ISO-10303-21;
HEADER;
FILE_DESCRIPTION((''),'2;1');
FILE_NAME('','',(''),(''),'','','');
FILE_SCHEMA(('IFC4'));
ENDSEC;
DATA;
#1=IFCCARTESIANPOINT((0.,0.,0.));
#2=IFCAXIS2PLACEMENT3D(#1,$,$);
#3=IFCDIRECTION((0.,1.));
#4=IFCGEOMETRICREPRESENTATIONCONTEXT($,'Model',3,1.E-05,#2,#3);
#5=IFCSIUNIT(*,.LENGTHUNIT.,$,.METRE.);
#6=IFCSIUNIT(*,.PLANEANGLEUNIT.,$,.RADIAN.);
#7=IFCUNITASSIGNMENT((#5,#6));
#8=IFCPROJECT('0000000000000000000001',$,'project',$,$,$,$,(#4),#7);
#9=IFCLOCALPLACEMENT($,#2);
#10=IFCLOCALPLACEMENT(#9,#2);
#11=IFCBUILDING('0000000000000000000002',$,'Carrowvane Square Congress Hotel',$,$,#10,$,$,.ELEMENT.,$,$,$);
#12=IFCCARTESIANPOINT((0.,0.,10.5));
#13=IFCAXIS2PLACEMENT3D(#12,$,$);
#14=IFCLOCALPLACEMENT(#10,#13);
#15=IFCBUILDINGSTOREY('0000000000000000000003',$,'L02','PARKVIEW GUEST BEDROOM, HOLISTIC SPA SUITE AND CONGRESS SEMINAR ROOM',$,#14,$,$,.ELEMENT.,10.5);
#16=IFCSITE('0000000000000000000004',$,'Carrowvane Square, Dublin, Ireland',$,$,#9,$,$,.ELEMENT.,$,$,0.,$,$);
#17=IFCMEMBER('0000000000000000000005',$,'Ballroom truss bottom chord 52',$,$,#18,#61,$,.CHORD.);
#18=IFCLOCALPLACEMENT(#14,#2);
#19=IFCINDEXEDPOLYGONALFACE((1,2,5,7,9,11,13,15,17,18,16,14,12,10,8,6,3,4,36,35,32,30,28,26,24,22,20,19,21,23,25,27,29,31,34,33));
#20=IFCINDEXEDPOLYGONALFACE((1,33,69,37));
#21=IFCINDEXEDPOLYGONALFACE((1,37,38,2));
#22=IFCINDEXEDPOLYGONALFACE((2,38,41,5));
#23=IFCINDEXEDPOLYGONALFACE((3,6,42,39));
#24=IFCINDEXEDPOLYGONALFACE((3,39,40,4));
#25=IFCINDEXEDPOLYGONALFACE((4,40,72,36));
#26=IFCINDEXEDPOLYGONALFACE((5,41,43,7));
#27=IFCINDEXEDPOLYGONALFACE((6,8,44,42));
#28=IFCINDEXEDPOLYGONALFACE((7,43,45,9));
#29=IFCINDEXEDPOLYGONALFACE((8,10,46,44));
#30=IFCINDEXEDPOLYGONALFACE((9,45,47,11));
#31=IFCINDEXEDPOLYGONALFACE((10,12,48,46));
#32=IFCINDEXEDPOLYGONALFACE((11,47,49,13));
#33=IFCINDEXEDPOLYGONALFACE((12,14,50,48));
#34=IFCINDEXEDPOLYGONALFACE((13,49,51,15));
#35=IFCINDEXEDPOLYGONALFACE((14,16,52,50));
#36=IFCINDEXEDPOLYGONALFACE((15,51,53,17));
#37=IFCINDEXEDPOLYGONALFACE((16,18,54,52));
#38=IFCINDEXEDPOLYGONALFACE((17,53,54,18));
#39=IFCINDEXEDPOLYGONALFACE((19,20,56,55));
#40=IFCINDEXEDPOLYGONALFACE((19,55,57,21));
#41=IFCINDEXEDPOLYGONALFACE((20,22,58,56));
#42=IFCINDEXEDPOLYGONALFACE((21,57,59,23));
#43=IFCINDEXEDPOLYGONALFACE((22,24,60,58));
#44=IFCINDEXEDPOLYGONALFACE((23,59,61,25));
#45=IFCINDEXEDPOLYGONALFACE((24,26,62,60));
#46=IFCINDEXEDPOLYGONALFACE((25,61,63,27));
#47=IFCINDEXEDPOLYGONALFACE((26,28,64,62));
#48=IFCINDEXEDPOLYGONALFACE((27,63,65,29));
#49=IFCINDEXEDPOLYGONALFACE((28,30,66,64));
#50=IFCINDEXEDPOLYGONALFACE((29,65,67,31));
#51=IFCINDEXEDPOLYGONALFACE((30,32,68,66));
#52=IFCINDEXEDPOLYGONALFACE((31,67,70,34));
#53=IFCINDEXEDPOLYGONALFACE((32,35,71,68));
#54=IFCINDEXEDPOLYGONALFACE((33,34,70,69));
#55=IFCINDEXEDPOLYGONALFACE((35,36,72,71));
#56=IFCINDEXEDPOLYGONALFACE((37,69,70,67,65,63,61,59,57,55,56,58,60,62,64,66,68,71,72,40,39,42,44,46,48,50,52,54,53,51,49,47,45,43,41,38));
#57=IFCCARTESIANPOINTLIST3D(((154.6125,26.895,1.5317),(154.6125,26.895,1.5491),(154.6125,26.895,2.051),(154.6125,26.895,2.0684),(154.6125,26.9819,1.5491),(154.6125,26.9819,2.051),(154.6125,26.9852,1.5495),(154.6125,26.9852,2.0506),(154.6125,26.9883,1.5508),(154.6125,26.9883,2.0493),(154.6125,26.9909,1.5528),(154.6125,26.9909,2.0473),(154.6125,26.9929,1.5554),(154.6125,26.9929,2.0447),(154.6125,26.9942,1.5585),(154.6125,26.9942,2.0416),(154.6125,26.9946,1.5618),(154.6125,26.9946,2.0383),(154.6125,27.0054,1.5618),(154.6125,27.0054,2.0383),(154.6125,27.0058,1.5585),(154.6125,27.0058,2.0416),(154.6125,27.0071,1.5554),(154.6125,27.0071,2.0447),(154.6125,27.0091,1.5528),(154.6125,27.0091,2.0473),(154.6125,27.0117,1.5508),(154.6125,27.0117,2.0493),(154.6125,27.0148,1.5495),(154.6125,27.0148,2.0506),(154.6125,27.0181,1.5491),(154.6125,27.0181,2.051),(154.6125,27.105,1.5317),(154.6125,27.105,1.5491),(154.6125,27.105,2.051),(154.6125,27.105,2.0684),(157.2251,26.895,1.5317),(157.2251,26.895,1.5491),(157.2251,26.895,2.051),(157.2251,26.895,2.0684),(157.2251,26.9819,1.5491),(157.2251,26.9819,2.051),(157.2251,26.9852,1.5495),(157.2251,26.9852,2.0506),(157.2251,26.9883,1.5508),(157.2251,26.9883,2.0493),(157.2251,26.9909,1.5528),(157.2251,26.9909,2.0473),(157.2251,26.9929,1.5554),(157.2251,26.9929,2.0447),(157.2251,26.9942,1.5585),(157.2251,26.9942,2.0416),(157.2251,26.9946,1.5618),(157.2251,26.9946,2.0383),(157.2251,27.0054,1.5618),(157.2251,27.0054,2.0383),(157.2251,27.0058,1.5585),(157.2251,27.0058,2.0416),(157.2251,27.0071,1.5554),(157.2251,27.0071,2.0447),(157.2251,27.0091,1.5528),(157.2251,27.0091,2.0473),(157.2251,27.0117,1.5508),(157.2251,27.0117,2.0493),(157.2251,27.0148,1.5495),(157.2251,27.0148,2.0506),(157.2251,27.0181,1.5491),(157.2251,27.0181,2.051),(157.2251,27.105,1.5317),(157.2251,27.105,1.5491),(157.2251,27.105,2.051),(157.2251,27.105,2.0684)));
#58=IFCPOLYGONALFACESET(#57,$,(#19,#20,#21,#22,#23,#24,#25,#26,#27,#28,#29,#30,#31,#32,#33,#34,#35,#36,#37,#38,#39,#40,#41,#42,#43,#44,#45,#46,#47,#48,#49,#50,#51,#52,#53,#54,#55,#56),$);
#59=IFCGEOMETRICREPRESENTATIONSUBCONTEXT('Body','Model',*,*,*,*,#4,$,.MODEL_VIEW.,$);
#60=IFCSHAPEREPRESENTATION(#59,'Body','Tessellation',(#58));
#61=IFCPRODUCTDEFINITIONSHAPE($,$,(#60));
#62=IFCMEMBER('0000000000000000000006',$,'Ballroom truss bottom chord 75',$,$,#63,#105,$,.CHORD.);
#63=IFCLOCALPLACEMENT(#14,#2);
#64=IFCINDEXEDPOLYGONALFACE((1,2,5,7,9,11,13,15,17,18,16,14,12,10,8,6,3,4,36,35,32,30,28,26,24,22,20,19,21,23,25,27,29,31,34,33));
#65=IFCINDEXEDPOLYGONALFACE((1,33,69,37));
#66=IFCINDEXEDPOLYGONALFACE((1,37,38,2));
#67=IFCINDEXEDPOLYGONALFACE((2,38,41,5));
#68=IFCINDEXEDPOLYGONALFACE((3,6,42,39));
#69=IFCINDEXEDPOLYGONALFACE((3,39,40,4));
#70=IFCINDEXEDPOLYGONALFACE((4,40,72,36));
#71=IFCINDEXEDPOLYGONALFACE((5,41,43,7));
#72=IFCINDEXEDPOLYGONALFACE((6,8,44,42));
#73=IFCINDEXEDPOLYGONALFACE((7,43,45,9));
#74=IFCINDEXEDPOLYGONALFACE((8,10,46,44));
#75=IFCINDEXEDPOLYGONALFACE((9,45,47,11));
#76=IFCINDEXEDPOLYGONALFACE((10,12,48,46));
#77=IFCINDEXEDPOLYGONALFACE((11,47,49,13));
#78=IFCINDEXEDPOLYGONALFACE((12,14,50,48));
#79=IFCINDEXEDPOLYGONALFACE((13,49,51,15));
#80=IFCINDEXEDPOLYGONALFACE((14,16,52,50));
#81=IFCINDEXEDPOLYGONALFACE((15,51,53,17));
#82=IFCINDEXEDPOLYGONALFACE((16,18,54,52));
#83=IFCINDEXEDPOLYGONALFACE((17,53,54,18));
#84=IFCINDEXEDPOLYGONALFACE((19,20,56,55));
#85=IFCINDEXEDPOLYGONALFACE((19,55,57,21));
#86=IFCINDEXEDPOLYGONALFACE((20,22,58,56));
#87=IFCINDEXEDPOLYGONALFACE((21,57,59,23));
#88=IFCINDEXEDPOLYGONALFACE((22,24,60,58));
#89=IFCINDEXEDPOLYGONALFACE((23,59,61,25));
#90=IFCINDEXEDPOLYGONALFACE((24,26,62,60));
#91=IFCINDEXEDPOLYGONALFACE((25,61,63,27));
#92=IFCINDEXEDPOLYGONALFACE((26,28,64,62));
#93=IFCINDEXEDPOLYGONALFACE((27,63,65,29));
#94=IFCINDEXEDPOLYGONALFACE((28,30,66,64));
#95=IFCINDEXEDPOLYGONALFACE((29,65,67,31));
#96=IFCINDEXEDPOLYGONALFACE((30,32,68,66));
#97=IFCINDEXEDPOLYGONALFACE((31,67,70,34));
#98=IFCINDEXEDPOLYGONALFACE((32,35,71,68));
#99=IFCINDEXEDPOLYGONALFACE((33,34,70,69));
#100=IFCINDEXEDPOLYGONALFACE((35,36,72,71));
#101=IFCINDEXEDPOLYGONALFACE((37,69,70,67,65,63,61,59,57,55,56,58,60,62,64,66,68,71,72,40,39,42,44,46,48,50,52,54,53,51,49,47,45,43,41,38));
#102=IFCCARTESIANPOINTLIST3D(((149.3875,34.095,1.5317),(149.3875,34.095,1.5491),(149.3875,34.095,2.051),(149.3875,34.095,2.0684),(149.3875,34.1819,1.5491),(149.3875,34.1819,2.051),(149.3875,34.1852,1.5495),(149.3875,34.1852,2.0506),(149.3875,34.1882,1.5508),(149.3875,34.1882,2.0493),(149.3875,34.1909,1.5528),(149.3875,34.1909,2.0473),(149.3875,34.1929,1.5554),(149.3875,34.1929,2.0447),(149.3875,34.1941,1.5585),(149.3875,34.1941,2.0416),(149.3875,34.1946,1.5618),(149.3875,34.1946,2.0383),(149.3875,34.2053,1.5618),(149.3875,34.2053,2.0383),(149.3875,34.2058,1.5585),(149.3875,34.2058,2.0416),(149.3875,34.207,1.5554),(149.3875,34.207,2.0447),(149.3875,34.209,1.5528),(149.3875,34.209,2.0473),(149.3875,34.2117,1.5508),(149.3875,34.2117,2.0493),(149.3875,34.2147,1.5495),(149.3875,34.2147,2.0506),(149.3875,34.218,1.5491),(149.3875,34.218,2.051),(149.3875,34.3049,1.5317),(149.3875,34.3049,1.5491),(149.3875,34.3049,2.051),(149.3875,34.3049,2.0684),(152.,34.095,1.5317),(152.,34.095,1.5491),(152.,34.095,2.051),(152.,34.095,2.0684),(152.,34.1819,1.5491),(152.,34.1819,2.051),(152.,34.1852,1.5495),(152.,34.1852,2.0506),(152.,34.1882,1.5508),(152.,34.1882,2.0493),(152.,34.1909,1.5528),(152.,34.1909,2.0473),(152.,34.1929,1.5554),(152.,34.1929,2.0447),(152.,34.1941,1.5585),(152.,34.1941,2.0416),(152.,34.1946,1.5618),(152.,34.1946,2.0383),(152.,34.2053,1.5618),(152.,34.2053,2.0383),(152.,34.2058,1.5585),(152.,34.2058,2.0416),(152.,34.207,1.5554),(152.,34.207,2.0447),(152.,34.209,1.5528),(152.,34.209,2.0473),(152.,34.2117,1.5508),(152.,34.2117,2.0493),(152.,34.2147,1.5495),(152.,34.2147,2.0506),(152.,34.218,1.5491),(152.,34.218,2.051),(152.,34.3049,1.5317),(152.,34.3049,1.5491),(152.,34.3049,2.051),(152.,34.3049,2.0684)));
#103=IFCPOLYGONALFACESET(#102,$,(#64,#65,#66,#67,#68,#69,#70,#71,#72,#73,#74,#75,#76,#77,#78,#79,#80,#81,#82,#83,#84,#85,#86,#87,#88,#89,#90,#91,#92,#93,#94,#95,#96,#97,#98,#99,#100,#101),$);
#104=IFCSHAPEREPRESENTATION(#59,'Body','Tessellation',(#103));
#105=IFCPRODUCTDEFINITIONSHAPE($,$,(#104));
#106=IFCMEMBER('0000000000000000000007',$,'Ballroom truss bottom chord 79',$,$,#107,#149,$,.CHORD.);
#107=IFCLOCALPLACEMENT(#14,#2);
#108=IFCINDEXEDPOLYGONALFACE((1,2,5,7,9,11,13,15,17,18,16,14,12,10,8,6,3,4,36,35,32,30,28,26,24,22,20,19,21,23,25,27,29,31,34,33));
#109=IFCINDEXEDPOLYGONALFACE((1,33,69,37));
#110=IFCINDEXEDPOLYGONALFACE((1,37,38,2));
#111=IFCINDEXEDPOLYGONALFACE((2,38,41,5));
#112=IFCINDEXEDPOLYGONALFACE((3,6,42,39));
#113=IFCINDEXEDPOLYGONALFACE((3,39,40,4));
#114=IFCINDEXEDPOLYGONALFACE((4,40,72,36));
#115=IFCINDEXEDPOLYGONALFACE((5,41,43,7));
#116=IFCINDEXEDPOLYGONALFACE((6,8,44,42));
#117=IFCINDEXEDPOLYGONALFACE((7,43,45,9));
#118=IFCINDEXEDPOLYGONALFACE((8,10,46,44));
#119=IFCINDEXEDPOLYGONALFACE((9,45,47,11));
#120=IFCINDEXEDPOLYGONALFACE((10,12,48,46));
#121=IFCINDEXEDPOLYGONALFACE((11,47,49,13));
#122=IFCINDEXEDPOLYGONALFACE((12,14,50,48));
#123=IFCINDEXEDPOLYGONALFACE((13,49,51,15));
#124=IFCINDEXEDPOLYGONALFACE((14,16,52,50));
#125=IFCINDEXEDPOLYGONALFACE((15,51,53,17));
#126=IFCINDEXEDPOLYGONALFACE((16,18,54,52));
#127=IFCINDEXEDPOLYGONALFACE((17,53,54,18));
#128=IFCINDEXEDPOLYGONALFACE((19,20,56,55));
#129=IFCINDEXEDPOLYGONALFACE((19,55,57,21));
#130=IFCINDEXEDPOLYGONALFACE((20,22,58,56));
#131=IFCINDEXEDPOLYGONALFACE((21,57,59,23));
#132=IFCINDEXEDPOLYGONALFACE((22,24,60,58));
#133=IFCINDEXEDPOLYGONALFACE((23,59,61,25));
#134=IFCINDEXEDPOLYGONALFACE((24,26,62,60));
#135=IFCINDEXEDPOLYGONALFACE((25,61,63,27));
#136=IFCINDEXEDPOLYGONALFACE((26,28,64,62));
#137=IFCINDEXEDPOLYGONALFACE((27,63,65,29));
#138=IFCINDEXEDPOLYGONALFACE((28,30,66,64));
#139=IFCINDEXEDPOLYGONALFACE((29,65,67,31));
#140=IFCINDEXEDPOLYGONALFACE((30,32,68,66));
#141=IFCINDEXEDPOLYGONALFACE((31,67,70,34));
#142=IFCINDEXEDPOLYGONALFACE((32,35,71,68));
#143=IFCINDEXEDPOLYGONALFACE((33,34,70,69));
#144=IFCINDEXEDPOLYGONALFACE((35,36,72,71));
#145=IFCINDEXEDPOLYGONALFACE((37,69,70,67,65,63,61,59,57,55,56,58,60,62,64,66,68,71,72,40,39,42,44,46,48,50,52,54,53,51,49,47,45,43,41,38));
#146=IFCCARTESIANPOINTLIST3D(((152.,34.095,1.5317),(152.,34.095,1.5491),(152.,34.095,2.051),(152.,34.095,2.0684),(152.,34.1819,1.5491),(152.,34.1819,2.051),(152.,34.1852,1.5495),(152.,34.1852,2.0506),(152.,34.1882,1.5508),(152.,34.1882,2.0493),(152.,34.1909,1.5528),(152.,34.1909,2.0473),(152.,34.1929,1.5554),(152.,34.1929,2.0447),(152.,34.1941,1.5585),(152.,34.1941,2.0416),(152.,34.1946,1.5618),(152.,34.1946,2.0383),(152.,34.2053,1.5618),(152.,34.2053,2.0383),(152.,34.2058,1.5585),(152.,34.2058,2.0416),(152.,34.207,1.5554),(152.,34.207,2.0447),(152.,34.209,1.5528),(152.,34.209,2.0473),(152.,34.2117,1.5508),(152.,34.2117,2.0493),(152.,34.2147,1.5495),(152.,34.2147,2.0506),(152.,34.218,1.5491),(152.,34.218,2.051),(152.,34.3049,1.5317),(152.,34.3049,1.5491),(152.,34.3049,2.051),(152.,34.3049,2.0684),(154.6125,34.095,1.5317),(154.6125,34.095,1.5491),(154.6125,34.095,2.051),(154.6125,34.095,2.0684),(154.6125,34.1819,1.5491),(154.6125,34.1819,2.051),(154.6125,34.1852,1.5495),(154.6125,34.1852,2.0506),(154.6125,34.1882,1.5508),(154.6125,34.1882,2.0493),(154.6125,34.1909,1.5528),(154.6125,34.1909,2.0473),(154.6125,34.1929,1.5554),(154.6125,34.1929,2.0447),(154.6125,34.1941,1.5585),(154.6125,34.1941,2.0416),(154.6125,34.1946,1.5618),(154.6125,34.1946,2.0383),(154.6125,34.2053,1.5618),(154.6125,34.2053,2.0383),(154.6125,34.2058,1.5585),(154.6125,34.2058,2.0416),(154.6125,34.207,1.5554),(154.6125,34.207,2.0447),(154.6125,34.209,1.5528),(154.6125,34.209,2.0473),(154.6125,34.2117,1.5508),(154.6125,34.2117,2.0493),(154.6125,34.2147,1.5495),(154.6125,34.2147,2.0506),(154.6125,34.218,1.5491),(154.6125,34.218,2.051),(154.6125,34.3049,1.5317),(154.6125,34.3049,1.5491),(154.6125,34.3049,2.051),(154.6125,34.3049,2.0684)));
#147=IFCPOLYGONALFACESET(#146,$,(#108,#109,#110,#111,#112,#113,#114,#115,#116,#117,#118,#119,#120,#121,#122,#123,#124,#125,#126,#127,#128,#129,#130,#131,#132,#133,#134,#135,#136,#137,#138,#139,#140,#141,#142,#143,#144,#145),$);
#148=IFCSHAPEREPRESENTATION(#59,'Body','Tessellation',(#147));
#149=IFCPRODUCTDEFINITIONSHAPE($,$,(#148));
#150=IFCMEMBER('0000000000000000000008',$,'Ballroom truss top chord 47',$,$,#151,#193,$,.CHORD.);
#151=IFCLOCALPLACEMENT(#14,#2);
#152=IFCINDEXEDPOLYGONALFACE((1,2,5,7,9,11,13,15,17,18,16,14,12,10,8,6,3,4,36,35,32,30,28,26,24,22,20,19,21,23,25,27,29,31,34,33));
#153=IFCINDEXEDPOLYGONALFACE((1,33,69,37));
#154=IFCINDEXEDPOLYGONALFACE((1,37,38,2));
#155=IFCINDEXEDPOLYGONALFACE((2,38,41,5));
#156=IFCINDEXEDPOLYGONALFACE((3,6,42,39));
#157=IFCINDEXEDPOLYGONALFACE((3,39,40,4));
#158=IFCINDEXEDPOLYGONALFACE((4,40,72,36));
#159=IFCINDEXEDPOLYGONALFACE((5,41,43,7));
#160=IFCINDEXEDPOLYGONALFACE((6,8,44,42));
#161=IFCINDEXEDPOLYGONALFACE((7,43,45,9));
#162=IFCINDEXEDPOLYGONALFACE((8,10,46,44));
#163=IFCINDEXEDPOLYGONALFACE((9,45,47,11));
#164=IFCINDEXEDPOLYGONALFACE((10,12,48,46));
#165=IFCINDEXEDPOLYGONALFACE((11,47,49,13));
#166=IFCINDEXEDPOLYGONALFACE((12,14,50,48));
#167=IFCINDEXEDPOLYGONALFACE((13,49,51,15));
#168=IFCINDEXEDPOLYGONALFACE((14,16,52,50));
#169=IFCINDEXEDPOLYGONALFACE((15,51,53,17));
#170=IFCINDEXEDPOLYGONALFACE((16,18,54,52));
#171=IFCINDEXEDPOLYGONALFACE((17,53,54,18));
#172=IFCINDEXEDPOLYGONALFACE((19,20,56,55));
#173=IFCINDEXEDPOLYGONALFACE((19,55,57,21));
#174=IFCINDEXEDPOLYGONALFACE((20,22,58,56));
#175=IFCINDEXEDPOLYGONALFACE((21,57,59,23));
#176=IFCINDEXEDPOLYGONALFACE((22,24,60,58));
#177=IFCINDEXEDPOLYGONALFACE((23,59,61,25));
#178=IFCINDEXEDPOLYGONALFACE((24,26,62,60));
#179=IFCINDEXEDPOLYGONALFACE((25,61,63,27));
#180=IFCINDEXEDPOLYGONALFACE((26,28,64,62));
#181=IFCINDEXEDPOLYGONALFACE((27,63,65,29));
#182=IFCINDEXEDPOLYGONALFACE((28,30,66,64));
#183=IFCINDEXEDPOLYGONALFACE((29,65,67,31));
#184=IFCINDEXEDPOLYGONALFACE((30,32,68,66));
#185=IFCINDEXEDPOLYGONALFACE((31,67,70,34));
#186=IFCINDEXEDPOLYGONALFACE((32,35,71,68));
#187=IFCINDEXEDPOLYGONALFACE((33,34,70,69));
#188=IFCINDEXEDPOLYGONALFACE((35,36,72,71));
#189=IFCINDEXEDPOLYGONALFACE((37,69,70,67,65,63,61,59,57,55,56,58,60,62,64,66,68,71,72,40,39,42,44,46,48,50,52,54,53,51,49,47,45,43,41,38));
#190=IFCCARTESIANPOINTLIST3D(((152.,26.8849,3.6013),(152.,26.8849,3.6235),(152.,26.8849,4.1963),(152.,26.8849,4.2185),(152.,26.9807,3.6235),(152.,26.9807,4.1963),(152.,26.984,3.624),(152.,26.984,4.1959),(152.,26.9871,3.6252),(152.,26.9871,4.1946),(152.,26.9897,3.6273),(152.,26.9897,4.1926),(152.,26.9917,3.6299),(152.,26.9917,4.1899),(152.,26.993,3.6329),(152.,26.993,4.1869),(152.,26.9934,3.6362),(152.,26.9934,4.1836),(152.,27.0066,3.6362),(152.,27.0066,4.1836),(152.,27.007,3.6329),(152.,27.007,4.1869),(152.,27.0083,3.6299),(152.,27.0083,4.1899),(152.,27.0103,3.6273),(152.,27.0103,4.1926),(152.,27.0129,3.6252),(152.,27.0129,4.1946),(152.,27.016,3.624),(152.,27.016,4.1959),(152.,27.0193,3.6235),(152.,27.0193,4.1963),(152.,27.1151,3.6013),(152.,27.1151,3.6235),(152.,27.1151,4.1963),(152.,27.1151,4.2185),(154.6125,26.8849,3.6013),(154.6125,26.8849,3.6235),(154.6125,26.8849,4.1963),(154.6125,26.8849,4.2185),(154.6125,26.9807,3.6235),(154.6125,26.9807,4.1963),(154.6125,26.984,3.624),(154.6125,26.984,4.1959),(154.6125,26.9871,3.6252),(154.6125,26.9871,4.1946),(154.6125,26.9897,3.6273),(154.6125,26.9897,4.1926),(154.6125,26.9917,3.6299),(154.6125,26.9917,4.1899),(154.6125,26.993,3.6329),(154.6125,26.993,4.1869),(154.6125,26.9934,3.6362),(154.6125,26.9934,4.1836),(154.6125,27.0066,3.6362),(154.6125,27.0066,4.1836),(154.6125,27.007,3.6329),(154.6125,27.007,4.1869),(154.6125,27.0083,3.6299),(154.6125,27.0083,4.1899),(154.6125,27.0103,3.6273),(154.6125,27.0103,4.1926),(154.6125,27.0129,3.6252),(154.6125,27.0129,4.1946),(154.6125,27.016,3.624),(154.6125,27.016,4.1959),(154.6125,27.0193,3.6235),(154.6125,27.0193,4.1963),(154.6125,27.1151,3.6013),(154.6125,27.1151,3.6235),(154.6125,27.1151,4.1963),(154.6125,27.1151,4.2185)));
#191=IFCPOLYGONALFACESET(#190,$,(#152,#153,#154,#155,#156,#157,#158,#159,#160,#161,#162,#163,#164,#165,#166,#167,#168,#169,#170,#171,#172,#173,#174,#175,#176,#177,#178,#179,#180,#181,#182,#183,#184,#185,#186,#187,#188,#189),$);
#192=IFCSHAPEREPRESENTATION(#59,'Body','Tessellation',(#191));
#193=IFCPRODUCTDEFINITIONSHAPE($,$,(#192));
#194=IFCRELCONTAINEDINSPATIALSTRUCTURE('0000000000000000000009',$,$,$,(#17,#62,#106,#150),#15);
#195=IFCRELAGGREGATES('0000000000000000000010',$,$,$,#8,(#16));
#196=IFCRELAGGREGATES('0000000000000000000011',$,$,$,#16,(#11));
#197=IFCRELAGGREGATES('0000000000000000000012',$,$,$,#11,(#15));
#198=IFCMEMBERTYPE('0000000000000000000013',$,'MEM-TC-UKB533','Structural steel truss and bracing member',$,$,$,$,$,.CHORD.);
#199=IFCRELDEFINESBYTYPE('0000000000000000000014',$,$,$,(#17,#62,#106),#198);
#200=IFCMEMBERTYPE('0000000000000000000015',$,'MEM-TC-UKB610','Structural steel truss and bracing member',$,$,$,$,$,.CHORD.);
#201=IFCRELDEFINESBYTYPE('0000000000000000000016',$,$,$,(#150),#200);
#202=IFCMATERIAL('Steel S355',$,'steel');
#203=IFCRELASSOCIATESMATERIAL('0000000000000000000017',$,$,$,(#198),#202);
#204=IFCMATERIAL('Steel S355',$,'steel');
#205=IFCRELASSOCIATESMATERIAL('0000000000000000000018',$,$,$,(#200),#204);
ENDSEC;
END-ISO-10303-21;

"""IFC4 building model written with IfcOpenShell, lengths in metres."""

from ifc_helpers import new_model, si_unit, direction, frame, origin, origin_2d, place, context, subcontext, project, spatial, i_section, extrude, material, material_profile, profile_set, type_object, element, save


model = new_model("IFC4")

# Units and contexts
model_context = context("Model", 3, precision=1e-05, world=origin(), true_north=direction((0.0, 1.0)))
body_context = subcontext(model_context, "Body", "Model", "MODEL_VIEW")
ifc_project = project(units=[si_unit("LENGTHUNIT", "METRE"), si_unit("PLANEANGLEUNIT", "RADIAN")], contexts=[model_context])

# Site, building, storey
site_placement = place(None, origin())
site = spatial("IfcSite", under=ifc_project, at=site_placement, Name="Carrowvane Square, Dublin, Ireland", CompositionType="ELEMENT", RefElevation=0.0)
building_placement = place(site_placement, origin())
building = spatial("IfcBuilding", under=site, at=building_placement, Name="Carrowvane Square Congress Hotel", CompositionType="ELEMENT")
storey_placement = place(building_placement, frame((0.0, 0.0, 10.5)))
storey = spatial("IfcBuildingStorey", under=building, at=storey_placement, Name="L02", Description="PARKVIEW GUEST BEDROOM, HOLISTIC SPA SUITE AND CONGRESS SEMINAR ROOM", CompositionType="ELEMENT", Elevation=10.5)

# Members
ifc_material_1 = material(Name="Steel S355", Category="steel")
ifc_material_profile_1 = material_profile(ifc_material_1, i_section(OverallWidth=0.21, OverallDepth=0.5366, WebThickness=0.0107, FlangeThickness=0.0173, FilletRadius=0.0127, at=origin_2d()), Name="UKB 533x210x101")
ifc_profile_set_1 = profile_set([ifc_material_profile_1], Name="Steel S355")
member_type_1 = type_object("IfcMemberType", Name="MEM-TC-UKB533", Description="Structural steel truss and bracing member", PredefinedType="CHORD", material=ifc_profile_set_1)
for number, where, z_axis, x_axis, name in (
    (1, (154.6125, 27.0, 1.8), (1.0, 0.0, 0.0), (0.0, 1.0, 0.0), "Ballroom truss bottom chord 52"),
    (2, (149.3875, 34.2, 1.8), (1.0, 0.0, 0.0), (0.0, 1.0, 0.0), "Ballroom truss bottom chord 75"),
    (3, (152.0, 34.2, 1.8), (1.0, 0.0, 0.0), (0.0, 1.0, 0.0), "Ballroom truss bottom chord 79"),
):
    element("IfcMember", number, at=place(storey_placement, frame(where, z_axis=z_axis, x_axis=x_axis)), inside=storey, type_object=member_type_1, Name=name, PredefinedType="CHORD", context=body_context, shape_type="SweptSolid", body=[
        extrude(i_section(OverallWidth=0.21, OverallDepth=0.5366, WebThickness=0.0107, FlangeThickness=0.0173, FilletRadius=0.0127, at=origin_2d()), origin(), (0.0, 0.0, 1.0), 2.6125),
    ])
ifc_material_2 = material(Name="Steel S355", Category="steel")
ifc_material_profile_2 = material_profile(ifc_material_2, i_section(OverallWidth=0.2302, OverallDepth=0.6172, WebThickness=0.0132, FlangeThickness=0.0222, FilletRadius=0.0127, at=origin_2d()), Name="UKB 610x229x140")
ifc_profile_set_2 = profile_set([ifc_material_profile_2], Name="Steel S355")
member_type_2 = type_object("IfcMemberType", Name="MEM-TC-UKB610", Description="Structural steel truss and bracing member", PredefinedType="CHORD", material=ifc_profile_set_2)
for number, where, z_axis, x_axis, name in (
    (4, (152.0, 27.0, 3.9099), (1.0, 0.0, 0.0), (0.0, 1.0, 0.0), "Ballroom truss top chord 47"),
):
    element("IfcMember", number, at=place(storey_placement, frame(where, z_axis=z_axis, x_axis=x_axis)), inside=storey, type_object=member_type_2, Name=name, PredefinedType="CHORD", context=body_context, shape_type="SweptSolid", body=[
        extrude(i_section(OverallWidth=0.2302, OverallDepth=0.6172, WebThickness=0.0132, FlangeThickness=0.0222, FilletRadius=0.0127, at=origin_2d()), origin(), (0.0, 0.0, 1.0), 2.6125),
    ])

save(model, "model.ifc")
